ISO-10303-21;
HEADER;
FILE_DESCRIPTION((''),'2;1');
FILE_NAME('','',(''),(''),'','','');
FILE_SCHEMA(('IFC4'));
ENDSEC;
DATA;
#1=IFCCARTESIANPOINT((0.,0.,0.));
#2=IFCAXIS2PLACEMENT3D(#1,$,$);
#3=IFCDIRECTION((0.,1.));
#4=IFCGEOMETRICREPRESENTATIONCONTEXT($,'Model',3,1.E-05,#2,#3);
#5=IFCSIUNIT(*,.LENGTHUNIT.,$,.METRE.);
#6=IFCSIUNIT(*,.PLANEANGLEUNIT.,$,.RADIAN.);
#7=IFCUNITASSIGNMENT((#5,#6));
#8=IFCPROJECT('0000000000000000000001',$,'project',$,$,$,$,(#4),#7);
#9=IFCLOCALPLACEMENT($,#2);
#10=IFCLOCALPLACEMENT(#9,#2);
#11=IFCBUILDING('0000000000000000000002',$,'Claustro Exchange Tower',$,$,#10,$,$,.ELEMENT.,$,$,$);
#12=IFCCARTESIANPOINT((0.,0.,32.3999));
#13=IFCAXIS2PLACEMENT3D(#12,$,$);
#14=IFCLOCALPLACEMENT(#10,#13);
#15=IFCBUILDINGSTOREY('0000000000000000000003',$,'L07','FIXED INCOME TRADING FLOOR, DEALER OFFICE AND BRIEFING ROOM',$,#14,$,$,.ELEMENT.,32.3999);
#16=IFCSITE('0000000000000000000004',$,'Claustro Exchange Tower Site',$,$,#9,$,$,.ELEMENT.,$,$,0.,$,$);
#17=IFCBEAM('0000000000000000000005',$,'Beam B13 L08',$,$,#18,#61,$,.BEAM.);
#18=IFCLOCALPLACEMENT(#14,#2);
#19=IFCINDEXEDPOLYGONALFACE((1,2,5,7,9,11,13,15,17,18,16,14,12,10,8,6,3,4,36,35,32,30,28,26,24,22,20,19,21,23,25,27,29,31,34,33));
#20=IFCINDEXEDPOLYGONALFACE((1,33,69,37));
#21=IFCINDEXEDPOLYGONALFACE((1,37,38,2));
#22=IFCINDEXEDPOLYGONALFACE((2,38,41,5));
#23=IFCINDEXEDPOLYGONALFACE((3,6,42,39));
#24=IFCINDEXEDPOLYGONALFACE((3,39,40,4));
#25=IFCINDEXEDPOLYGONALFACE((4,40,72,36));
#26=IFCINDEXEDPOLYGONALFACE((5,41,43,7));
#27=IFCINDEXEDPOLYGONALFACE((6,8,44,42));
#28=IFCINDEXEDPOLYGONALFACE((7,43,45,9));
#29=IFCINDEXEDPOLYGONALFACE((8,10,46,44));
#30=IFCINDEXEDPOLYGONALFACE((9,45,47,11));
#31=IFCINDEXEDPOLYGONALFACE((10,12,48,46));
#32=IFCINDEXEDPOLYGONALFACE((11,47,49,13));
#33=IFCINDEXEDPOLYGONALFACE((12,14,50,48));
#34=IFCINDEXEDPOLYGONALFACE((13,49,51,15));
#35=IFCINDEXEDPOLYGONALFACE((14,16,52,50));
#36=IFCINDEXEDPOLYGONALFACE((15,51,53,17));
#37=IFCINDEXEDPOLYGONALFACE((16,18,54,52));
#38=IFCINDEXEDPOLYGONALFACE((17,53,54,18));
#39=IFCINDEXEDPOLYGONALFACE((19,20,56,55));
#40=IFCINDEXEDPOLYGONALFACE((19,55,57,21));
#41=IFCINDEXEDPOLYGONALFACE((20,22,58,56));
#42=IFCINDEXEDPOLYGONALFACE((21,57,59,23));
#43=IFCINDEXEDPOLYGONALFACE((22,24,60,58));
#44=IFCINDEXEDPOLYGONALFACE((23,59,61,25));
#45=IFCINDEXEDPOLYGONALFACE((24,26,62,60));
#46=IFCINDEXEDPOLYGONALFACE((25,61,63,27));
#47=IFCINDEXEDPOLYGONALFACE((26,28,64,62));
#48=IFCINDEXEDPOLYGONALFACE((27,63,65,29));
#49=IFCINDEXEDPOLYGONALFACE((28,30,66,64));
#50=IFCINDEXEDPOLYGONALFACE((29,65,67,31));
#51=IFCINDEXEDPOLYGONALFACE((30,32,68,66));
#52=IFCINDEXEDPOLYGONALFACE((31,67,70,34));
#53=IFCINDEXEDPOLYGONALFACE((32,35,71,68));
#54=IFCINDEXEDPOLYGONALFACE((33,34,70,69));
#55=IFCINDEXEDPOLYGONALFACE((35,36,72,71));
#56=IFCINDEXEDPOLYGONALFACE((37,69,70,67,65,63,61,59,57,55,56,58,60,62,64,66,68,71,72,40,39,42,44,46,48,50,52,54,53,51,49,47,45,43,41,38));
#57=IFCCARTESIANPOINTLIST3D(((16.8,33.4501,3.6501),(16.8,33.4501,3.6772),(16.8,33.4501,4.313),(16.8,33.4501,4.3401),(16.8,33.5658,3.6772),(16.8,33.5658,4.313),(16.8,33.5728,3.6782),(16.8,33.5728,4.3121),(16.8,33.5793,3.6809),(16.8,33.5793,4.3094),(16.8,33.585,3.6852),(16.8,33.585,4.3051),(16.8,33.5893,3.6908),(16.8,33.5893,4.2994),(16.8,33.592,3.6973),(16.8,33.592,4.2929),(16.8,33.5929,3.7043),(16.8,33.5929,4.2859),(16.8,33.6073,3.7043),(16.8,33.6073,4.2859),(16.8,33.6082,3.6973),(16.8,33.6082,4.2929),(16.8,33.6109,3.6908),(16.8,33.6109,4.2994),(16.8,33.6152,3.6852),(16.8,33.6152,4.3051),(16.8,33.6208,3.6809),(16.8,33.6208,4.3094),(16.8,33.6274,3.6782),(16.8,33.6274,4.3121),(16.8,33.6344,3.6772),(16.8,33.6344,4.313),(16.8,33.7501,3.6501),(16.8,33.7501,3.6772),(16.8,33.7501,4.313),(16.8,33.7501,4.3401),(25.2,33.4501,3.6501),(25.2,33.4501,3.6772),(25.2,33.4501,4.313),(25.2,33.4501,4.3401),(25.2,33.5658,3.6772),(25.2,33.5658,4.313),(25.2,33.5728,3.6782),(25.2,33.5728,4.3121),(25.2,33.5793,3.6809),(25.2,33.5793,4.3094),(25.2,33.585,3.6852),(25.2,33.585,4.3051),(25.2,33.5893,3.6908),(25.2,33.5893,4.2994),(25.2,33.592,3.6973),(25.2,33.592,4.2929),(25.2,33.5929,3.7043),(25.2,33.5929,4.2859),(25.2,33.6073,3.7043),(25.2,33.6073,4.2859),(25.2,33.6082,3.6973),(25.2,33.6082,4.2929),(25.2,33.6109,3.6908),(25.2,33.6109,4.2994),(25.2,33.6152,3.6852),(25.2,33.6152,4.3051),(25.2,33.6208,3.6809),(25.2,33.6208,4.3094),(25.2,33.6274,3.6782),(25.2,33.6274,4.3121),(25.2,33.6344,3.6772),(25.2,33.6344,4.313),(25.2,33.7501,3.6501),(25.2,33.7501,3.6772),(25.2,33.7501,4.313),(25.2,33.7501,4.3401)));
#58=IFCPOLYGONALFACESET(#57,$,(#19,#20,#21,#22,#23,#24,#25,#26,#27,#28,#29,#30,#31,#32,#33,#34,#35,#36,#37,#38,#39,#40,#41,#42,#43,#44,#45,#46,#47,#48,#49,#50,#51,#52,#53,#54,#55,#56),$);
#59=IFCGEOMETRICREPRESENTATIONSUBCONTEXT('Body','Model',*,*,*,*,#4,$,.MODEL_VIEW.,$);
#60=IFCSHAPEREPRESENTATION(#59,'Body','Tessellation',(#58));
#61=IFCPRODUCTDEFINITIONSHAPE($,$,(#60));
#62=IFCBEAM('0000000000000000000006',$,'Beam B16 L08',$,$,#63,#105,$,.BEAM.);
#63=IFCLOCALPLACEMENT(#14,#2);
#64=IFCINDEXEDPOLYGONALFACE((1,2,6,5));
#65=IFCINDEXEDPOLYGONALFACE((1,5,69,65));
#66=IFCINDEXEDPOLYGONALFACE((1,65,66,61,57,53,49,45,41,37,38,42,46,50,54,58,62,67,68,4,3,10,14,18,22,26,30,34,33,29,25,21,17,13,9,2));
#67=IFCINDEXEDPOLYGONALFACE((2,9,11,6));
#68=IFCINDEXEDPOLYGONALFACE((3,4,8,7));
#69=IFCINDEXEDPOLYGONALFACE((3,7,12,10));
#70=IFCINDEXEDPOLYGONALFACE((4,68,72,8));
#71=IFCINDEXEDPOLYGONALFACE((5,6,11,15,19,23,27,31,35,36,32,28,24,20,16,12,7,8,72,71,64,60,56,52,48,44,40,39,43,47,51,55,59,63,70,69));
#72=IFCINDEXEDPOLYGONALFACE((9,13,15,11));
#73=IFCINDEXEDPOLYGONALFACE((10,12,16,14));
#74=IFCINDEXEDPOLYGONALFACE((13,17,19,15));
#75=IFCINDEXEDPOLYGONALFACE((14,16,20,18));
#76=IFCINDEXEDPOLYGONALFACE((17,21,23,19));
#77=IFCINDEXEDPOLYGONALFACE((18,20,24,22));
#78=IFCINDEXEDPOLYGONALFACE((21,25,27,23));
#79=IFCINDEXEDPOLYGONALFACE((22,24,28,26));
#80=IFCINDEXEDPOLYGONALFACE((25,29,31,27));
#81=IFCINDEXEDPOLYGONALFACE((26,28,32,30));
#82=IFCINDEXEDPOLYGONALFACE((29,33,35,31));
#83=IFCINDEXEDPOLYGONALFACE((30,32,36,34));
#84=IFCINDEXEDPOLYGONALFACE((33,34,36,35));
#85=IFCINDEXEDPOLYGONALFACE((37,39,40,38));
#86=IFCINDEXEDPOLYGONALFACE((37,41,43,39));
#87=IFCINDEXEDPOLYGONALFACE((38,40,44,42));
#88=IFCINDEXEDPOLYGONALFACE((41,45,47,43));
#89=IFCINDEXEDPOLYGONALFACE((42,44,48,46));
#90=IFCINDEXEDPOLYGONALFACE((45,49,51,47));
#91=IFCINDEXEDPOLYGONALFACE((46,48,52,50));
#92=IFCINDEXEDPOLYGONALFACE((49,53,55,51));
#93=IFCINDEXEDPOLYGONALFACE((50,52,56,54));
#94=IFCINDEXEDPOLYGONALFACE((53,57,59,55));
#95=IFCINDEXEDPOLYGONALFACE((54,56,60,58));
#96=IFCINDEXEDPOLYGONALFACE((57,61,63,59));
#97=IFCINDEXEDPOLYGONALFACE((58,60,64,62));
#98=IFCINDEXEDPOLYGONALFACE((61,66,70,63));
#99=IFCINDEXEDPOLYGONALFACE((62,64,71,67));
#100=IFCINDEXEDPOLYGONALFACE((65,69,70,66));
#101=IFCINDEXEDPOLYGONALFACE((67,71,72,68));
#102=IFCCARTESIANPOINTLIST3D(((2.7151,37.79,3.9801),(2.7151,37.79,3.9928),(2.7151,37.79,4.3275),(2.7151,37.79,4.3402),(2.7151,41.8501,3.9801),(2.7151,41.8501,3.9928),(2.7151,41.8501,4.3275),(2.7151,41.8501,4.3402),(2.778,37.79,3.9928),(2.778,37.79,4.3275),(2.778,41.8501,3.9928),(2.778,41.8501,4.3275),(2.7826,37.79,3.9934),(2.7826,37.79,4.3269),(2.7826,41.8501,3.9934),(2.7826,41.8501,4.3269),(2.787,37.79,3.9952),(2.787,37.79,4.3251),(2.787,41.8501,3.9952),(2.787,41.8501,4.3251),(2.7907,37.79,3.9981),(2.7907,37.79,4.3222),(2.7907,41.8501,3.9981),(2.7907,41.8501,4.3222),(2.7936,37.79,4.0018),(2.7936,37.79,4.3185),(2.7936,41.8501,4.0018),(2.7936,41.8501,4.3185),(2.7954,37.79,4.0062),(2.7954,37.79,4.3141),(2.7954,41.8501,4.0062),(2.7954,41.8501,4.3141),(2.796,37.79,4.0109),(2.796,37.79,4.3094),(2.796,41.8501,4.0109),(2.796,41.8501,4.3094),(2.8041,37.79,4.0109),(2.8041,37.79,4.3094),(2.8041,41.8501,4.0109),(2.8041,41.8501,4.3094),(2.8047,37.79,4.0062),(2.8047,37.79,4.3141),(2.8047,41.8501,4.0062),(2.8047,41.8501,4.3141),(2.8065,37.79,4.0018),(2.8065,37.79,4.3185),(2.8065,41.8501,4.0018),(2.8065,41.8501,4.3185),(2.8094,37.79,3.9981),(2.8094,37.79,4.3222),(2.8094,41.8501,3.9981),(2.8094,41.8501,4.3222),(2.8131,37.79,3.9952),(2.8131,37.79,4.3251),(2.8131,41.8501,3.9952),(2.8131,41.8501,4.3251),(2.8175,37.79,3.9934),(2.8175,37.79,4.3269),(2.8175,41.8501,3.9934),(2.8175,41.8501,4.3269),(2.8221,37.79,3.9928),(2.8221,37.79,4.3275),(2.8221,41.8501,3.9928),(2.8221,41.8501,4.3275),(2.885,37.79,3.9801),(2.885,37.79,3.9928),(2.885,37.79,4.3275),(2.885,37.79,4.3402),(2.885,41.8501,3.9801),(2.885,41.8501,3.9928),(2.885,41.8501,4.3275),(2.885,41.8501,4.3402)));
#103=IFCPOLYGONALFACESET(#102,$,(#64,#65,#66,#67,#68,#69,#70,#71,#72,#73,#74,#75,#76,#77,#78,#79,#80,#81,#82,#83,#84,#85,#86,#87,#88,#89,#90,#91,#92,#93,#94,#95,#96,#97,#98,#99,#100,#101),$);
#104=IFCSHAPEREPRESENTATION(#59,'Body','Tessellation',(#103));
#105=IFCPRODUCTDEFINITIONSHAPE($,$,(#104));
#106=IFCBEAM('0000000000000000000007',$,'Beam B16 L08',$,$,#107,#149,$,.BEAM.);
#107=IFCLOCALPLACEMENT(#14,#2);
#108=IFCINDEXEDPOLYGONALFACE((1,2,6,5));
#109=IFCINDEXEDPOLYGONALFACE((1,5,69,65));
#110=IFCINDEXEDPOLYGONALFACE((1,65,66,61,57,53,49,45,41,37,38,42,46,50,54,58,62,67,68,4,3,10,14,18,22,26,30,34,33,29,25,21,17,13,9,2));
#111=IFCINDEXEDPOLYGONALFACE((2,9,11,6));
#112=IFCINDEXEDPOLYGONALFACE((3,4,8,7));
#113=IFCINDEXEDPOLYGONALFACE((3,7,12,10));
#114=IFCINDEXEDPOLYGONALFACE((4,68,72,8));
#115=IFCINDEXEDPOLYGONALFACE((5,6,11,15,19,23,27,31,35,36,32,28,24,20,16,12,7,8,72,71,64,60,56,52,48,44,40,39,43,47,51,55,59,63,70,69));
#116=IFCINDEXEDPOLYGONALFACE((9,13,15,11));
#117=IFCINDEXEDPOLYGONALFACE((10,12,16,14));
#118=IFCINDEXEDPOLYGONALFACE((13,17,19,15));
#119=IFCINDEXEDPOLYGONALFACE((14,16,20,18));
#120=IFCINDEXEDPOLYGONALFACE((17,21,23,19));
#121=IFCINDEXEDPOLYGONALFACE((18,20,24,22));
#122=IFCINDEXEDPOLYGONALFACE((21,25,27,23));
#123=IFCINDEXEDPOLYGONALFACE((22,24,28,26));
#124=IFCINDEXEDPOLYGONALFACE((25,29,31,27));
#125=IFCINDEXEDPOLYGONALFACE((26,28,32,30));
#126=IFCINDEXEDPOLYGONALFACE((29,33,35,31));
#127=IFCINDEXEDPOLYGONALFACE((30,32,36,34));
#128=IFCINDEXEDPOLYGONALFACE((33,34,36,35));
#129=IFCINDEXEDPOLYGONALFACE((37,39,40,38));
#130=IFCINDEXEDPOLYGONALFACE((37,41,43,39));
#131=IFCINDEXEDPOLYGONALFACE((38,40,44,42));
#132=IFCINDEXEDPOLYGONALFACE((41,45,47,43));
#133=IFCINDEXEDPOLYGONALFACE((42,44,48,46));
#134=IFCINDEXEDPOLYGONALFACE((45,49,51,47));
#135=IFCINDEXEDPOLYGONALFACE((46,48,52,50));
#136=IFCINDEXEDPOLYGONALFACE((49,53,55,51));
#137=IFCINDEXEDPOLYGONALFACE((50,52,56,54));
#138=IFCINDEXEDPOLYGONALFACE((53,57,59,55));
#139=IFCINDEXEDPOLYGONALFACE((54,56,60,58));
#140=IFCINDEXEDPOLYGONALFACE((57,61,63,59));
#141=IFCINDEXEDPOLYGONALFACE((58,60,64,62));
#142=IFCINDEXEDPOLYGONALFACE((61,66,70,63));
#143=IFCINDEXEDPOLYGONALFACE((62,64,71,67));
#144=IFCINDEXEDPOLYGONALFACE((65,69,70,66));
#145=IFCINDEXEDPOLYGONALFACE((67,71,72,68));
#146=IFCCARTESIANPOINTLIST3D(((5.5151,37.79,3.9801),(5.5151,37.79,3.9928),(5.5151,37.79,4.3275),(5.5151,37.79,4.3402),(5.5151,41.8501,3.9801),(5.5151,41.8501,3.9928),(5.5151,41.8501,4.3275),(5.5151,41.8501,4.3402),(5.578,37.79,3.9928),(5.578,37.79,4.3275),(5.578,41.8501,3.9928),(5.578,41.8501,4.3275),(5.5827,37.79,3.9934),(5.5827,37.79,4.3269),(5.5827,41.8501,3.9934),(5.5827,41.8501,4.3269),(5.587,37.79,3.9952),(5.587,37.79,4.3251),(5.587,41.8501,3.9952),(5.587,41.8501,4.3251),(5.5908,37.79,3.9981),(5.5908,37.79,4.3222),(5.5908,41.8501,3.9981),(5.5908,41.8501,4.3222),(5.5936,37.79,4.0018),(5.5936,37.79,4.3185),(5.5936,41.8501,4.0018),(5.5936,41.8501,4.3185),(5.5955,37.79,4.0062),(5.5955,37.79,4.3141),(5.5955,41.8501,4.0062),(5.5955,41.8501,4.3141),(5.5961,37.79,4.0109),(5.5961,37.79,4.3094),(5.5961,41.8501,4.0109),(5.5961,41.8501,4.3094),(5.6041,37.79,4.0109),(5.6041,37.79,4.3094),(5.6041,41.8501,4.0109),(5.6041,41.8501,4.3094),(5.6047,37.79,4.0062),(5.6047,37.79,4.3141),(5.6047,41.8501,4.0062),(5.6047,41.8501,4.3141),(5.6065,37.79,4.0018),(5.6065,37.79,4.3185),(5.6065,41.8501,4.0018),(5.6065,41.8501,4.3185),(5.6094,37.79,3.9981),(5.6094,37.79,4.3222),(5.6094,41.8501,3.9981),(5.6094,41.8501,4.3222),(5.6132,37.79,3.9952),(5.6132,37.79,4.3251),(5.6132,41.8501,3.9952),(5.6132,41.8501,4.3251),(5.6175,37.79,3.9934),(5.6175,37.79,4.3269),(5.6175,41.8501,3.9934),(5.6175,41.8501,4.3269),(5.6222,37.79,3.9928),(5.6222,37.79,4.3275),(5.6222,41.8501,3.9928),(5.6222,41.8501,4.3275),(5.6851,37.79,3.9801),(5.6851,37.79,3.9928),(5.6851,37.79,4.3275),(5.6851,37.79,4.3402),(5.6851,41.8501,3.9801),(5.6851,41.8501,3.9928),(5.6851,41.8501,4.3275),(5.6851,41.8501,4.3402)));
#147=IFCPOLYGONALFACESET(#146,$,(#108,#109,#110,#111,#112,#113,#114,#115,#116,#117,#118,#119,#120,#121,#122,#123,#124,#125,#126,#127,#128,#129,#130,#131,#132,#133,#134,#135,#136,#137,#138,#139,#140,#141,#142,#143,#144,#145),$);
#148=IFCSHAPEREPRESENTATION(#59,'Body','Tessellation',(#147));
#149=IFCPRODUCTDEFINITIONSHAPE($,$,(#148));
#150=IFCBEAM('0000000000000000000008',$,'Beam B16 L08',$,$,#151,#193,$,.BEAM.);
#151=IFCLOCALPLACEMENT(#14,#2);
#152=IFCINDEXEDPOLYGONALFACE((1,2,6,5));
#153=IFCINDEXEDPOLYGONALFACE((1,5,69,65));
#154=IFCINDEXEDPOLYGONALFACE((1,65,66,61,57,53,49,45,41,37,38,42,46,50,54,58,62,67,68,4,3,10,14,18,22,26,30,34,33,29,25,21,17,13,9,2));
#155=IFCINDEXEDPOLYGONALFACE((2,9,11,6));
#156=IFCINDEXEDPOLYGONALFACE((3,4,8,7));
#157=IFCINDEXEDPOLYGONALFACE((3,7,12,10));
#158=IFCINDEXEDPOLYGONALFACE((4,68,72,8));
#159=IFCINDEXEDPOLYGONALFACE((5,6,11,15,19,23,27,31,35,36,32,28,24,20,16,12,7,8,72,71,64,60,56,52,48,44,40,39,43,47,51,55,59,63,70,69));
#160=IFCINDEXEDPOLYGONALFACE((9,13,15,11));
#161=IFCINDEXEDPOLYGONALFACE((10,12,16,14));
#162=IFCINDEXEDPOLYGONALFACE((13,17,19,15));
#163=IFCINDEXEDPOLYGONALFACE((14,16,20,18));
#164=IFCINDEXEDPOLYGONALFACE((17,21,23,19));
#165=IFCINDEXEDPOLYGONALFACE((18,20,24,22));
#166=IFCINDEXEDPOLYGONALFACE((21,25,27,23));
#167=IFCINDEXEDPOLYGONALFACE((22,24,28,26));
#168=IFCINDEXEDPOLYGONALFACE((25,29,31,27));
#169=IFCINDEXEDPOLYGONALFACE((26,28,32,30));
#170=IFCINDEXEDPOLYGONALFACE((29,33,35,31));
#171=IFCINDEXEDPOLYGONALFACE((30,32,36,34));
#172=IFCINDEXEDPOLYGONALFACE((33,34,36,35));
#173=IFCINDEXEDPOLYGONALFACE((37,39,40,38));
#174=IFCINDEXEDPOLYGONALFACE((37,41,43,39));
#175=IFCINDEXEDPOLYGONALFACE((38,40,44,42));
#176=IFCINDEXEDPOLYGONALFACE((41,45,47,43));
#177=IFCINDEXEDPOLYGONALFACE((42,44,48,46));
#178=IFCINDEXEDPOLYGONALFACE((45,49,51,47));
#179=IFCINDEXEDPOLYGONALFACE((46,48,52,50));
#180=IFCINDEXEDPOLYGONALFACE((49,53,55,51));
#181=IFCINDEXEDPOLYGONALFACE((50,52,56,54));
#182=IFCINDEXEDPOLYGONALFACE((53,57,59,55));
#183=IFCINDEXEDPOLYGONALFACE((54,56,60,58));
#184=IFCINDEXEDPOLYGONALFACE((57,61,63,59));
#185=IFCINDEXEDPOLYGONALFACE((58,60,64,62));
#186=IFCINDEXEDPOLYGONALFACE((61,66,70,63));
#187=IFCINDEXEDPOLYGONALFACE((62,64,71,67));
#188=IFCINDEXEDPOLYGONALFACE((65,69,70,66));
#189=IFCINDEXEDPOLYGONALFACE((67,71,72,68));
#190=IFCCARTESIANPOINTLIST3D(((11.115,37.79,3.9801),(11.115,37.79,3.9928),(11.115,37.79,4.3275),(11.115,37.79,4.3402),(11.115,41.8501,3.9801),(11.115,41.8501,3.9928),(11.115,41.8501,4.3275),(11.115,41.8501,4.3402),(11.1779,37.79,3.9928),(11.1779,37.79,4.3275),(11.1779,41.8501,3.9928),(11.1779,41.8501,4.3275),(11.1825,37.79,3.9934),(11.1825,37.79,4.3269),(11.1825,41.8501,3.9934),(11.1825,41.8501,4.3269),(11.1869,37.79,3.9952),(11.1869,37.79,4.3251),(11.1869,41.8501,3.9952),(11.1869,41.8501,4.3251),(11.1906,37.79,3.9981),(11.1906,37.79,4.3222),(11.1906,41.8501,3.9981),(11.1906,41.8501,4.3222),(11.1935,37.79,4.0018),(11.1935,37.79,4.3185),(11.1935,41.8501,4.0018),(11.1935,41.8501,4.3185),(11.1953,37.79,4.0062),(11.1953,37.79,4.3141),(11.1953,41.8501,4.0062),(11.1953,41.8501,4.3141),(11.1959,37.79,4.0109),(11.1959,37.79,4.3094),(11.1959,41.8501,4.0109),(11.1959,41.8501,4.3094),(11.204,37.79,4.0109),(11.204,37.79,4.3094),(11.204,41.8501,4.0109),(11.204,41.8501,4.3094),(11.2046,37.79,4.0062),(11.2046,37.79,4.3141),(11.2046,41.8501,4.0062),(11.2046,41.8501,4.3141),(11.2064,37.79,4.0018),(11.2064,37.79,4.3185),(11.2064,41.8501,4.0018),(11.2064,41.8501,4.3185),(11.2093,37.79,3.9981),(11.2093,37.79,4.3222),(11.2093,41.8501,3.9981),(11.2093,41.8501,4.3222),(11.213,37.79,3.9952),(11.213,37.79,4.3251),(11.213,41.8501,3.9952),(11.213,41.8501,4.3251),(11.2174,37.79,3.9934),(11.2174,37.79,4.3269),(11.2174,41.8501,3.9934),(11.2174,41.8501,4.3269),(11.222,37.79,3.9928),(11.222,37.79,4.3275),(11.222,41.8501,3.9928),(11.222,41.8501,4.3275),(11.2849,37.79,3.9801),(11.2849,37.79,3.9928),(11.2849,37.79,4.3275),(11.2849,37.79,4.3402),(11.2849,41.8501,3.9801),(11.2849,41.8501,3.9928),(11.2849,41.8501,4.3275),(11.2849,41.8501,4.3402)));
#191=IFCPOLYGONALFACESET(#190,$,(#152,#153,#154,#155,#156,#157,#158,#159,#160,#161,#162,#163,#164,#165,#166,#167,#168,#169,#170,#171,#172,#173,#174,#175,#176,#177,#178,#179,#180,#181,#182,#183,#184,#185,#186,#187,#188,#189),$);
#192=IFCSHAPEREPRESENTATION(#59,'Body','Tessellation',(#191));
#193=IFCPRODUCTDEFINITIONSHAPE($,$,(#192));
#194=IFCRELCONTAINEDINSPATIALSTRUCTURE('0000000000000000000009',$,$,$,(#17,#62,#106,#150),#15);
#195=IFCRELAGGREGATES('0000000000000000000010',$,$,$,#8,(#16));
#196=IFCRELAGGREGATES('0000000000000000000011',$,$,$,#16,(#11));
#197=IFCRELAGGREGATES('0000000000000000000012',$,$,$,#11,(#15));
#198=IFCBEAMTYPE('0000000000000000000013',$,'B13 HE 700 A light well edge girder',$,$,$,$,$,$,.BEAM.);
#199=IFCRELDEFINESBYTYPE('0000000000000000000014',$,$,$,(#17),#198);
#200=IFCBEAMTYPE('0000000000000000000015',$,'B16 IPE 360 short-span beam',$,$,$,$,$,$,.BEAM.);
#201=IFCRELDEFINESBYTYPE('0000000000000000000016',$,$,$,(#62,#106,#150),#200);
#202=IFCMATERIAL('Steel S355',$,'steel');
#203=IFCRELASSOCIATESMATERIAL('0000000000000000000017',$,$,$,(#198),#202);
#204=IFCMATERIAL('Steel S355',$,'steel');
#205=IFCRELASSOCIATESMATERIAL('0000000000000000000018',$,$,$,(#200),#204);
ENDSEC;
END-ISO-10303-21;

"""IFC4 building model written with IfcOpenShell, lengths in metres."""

from ifc_helpers import new_model, si_unit, direction, frame, origin, origin_2d, place, context, subcontext, project, spatial, i_section, extrude, material, material_profile, profile_set, type_object, element, save


model = new_model("IFC4")

# Units and contexts
model_context = context("Model", 3, precision=1e-05, world=origin(), true_north=direction((0.0, 1.0)))
body_context = subcontext(model_context, "Body", "Model", "MODEL_VIEW")
ifc_project = project(units=[si_unit("LENGTHUNIT", "METRE"), si_unit("PLANEANGLEUNIT", "RADIAN")], contexts=[model_context])

# Site, building, storey
site_placement = place(None, origin())
site = spatial("IfcSite", under=ifc_project, at=site_placement, Name="Claustro Exchange Tower Site", CompositionType="ELEMENT", RefElevation=0.0)
building_placement = place(site_placement, origin())
building = spatial("IfcBuilding", under=site, at=building_placement, Name="Claustro Exchange Tower", CompositionType="ELEMENT")
storey_placement = place(building_placement, frame((0.0, 0.0, 32.3999)))
storey = spatial("IfcBuildingStorey", under=building, at=storey_placement, Name="L07", Description="FIXED INCOME TRADING FLOOR, DEALER OFFICE AND BRIEFING ROOM", CompositionType="ELEMENT", Elevation=32.3999)

# Beams
ifc_material_1 = material(Name="Steel S355", Category="steel")
ifc_material_profile_1 = material_profile(ifc_material_1, i_section(OverallWidth=0.3, OverallDepth=0.6899, WebThickness=0.0144, FlangeThickness=0.0271, FilletRadius=0.0271, at=origin_2d()), Name="HE 700 A")
ifc_profile_set_1 = profile_set([ifc_material_profile_1], Name="Steel S355")
beam_type_1 = type_object("IfcBeamType", Name="B13 HE 700 A light well edge girder", PredefinedType="BEAM", material=ifc_profile_set_1)
beam_1_placement = place(storey_placement, frame((16.8, 33.6001, 3.9951), z_axis=(1.0, 0.0, 0.0), x_axis=(0.0, 1.0, 0.0)))
element("IfcBeam", 1, at=beam_1_placement, inside=storey, type_object=beam_type_1, Name="Beam B13 L08", PredefinedType="BEAM", context=body_context, shape_type="SweptSolid", body=[
    extrude(i_section(OverallWidth=0.3, OverallDepth=0.6899, WebThickness=0.0144, FlangeThickness=0.0271, FilletRadius=0.0271, at=origin_2d()), origin(), (0.0, 0.0, 1.0), 8.3999),
])
ifc_material_2 = material(Name="Steel S355", Category="steel")
ifc_material_profile_2 = material_profile(ifc_material_2, i_section(OverallWidth=0.1699, OverallDepth=0.3601, WebThickness=0.0081, FlangeThickness=0.0127, FilletRadius=0.0181, at=origin_2d()), Name="IPE 360")
ifc_profile_set_2 = profile_set([ifc_material_profile_2], Name="Steel S355")
beam_type_2 = type_object("IfcBeamType", Name="B16 IPE 360 short-span beam", PredefinedType="BEAM", material=ifc_profile_set_2)
for number, where, z_axis, x_axis, name in (
    (2, (2.8, 37.79, 4.1602), (0.0, 1.0, 0.0), (-1.0, 0.0, 0.0), "Beam B16 L08"),
    (3, (5.6001, 37.79, 4.1602), (0.0, 1.0, 0.0), (-1.0, 0.0, 0.0), "Beam B16 L08"),
    (4, (11.2, 37.79, 4.1602), (0.0, 1.0, 0.0), (-1.0, 0.0, 0.0), "Beam B16 L08"),
):
    element("IfcBeam", number, at=place(storey_placement, frame(where, z_axis=z_axis, x_axis=x_axis)), inside=storey, type_object=beam_type_2, Name=name, PredefinedType="BEAM", context=body_context, shape_type="SweptSolid", body=[
        extrude(i_section(OverallWidth=0.1699, OverallDepth=0.3601, WebThickness=0.0081, FlangeThickness=0.0127, FilletRadius=0.0181, at=origin_2d()), origin(), (0.0, 0.0, 1.0), 4.0601),
    ])

save(model, "model.ifc")
